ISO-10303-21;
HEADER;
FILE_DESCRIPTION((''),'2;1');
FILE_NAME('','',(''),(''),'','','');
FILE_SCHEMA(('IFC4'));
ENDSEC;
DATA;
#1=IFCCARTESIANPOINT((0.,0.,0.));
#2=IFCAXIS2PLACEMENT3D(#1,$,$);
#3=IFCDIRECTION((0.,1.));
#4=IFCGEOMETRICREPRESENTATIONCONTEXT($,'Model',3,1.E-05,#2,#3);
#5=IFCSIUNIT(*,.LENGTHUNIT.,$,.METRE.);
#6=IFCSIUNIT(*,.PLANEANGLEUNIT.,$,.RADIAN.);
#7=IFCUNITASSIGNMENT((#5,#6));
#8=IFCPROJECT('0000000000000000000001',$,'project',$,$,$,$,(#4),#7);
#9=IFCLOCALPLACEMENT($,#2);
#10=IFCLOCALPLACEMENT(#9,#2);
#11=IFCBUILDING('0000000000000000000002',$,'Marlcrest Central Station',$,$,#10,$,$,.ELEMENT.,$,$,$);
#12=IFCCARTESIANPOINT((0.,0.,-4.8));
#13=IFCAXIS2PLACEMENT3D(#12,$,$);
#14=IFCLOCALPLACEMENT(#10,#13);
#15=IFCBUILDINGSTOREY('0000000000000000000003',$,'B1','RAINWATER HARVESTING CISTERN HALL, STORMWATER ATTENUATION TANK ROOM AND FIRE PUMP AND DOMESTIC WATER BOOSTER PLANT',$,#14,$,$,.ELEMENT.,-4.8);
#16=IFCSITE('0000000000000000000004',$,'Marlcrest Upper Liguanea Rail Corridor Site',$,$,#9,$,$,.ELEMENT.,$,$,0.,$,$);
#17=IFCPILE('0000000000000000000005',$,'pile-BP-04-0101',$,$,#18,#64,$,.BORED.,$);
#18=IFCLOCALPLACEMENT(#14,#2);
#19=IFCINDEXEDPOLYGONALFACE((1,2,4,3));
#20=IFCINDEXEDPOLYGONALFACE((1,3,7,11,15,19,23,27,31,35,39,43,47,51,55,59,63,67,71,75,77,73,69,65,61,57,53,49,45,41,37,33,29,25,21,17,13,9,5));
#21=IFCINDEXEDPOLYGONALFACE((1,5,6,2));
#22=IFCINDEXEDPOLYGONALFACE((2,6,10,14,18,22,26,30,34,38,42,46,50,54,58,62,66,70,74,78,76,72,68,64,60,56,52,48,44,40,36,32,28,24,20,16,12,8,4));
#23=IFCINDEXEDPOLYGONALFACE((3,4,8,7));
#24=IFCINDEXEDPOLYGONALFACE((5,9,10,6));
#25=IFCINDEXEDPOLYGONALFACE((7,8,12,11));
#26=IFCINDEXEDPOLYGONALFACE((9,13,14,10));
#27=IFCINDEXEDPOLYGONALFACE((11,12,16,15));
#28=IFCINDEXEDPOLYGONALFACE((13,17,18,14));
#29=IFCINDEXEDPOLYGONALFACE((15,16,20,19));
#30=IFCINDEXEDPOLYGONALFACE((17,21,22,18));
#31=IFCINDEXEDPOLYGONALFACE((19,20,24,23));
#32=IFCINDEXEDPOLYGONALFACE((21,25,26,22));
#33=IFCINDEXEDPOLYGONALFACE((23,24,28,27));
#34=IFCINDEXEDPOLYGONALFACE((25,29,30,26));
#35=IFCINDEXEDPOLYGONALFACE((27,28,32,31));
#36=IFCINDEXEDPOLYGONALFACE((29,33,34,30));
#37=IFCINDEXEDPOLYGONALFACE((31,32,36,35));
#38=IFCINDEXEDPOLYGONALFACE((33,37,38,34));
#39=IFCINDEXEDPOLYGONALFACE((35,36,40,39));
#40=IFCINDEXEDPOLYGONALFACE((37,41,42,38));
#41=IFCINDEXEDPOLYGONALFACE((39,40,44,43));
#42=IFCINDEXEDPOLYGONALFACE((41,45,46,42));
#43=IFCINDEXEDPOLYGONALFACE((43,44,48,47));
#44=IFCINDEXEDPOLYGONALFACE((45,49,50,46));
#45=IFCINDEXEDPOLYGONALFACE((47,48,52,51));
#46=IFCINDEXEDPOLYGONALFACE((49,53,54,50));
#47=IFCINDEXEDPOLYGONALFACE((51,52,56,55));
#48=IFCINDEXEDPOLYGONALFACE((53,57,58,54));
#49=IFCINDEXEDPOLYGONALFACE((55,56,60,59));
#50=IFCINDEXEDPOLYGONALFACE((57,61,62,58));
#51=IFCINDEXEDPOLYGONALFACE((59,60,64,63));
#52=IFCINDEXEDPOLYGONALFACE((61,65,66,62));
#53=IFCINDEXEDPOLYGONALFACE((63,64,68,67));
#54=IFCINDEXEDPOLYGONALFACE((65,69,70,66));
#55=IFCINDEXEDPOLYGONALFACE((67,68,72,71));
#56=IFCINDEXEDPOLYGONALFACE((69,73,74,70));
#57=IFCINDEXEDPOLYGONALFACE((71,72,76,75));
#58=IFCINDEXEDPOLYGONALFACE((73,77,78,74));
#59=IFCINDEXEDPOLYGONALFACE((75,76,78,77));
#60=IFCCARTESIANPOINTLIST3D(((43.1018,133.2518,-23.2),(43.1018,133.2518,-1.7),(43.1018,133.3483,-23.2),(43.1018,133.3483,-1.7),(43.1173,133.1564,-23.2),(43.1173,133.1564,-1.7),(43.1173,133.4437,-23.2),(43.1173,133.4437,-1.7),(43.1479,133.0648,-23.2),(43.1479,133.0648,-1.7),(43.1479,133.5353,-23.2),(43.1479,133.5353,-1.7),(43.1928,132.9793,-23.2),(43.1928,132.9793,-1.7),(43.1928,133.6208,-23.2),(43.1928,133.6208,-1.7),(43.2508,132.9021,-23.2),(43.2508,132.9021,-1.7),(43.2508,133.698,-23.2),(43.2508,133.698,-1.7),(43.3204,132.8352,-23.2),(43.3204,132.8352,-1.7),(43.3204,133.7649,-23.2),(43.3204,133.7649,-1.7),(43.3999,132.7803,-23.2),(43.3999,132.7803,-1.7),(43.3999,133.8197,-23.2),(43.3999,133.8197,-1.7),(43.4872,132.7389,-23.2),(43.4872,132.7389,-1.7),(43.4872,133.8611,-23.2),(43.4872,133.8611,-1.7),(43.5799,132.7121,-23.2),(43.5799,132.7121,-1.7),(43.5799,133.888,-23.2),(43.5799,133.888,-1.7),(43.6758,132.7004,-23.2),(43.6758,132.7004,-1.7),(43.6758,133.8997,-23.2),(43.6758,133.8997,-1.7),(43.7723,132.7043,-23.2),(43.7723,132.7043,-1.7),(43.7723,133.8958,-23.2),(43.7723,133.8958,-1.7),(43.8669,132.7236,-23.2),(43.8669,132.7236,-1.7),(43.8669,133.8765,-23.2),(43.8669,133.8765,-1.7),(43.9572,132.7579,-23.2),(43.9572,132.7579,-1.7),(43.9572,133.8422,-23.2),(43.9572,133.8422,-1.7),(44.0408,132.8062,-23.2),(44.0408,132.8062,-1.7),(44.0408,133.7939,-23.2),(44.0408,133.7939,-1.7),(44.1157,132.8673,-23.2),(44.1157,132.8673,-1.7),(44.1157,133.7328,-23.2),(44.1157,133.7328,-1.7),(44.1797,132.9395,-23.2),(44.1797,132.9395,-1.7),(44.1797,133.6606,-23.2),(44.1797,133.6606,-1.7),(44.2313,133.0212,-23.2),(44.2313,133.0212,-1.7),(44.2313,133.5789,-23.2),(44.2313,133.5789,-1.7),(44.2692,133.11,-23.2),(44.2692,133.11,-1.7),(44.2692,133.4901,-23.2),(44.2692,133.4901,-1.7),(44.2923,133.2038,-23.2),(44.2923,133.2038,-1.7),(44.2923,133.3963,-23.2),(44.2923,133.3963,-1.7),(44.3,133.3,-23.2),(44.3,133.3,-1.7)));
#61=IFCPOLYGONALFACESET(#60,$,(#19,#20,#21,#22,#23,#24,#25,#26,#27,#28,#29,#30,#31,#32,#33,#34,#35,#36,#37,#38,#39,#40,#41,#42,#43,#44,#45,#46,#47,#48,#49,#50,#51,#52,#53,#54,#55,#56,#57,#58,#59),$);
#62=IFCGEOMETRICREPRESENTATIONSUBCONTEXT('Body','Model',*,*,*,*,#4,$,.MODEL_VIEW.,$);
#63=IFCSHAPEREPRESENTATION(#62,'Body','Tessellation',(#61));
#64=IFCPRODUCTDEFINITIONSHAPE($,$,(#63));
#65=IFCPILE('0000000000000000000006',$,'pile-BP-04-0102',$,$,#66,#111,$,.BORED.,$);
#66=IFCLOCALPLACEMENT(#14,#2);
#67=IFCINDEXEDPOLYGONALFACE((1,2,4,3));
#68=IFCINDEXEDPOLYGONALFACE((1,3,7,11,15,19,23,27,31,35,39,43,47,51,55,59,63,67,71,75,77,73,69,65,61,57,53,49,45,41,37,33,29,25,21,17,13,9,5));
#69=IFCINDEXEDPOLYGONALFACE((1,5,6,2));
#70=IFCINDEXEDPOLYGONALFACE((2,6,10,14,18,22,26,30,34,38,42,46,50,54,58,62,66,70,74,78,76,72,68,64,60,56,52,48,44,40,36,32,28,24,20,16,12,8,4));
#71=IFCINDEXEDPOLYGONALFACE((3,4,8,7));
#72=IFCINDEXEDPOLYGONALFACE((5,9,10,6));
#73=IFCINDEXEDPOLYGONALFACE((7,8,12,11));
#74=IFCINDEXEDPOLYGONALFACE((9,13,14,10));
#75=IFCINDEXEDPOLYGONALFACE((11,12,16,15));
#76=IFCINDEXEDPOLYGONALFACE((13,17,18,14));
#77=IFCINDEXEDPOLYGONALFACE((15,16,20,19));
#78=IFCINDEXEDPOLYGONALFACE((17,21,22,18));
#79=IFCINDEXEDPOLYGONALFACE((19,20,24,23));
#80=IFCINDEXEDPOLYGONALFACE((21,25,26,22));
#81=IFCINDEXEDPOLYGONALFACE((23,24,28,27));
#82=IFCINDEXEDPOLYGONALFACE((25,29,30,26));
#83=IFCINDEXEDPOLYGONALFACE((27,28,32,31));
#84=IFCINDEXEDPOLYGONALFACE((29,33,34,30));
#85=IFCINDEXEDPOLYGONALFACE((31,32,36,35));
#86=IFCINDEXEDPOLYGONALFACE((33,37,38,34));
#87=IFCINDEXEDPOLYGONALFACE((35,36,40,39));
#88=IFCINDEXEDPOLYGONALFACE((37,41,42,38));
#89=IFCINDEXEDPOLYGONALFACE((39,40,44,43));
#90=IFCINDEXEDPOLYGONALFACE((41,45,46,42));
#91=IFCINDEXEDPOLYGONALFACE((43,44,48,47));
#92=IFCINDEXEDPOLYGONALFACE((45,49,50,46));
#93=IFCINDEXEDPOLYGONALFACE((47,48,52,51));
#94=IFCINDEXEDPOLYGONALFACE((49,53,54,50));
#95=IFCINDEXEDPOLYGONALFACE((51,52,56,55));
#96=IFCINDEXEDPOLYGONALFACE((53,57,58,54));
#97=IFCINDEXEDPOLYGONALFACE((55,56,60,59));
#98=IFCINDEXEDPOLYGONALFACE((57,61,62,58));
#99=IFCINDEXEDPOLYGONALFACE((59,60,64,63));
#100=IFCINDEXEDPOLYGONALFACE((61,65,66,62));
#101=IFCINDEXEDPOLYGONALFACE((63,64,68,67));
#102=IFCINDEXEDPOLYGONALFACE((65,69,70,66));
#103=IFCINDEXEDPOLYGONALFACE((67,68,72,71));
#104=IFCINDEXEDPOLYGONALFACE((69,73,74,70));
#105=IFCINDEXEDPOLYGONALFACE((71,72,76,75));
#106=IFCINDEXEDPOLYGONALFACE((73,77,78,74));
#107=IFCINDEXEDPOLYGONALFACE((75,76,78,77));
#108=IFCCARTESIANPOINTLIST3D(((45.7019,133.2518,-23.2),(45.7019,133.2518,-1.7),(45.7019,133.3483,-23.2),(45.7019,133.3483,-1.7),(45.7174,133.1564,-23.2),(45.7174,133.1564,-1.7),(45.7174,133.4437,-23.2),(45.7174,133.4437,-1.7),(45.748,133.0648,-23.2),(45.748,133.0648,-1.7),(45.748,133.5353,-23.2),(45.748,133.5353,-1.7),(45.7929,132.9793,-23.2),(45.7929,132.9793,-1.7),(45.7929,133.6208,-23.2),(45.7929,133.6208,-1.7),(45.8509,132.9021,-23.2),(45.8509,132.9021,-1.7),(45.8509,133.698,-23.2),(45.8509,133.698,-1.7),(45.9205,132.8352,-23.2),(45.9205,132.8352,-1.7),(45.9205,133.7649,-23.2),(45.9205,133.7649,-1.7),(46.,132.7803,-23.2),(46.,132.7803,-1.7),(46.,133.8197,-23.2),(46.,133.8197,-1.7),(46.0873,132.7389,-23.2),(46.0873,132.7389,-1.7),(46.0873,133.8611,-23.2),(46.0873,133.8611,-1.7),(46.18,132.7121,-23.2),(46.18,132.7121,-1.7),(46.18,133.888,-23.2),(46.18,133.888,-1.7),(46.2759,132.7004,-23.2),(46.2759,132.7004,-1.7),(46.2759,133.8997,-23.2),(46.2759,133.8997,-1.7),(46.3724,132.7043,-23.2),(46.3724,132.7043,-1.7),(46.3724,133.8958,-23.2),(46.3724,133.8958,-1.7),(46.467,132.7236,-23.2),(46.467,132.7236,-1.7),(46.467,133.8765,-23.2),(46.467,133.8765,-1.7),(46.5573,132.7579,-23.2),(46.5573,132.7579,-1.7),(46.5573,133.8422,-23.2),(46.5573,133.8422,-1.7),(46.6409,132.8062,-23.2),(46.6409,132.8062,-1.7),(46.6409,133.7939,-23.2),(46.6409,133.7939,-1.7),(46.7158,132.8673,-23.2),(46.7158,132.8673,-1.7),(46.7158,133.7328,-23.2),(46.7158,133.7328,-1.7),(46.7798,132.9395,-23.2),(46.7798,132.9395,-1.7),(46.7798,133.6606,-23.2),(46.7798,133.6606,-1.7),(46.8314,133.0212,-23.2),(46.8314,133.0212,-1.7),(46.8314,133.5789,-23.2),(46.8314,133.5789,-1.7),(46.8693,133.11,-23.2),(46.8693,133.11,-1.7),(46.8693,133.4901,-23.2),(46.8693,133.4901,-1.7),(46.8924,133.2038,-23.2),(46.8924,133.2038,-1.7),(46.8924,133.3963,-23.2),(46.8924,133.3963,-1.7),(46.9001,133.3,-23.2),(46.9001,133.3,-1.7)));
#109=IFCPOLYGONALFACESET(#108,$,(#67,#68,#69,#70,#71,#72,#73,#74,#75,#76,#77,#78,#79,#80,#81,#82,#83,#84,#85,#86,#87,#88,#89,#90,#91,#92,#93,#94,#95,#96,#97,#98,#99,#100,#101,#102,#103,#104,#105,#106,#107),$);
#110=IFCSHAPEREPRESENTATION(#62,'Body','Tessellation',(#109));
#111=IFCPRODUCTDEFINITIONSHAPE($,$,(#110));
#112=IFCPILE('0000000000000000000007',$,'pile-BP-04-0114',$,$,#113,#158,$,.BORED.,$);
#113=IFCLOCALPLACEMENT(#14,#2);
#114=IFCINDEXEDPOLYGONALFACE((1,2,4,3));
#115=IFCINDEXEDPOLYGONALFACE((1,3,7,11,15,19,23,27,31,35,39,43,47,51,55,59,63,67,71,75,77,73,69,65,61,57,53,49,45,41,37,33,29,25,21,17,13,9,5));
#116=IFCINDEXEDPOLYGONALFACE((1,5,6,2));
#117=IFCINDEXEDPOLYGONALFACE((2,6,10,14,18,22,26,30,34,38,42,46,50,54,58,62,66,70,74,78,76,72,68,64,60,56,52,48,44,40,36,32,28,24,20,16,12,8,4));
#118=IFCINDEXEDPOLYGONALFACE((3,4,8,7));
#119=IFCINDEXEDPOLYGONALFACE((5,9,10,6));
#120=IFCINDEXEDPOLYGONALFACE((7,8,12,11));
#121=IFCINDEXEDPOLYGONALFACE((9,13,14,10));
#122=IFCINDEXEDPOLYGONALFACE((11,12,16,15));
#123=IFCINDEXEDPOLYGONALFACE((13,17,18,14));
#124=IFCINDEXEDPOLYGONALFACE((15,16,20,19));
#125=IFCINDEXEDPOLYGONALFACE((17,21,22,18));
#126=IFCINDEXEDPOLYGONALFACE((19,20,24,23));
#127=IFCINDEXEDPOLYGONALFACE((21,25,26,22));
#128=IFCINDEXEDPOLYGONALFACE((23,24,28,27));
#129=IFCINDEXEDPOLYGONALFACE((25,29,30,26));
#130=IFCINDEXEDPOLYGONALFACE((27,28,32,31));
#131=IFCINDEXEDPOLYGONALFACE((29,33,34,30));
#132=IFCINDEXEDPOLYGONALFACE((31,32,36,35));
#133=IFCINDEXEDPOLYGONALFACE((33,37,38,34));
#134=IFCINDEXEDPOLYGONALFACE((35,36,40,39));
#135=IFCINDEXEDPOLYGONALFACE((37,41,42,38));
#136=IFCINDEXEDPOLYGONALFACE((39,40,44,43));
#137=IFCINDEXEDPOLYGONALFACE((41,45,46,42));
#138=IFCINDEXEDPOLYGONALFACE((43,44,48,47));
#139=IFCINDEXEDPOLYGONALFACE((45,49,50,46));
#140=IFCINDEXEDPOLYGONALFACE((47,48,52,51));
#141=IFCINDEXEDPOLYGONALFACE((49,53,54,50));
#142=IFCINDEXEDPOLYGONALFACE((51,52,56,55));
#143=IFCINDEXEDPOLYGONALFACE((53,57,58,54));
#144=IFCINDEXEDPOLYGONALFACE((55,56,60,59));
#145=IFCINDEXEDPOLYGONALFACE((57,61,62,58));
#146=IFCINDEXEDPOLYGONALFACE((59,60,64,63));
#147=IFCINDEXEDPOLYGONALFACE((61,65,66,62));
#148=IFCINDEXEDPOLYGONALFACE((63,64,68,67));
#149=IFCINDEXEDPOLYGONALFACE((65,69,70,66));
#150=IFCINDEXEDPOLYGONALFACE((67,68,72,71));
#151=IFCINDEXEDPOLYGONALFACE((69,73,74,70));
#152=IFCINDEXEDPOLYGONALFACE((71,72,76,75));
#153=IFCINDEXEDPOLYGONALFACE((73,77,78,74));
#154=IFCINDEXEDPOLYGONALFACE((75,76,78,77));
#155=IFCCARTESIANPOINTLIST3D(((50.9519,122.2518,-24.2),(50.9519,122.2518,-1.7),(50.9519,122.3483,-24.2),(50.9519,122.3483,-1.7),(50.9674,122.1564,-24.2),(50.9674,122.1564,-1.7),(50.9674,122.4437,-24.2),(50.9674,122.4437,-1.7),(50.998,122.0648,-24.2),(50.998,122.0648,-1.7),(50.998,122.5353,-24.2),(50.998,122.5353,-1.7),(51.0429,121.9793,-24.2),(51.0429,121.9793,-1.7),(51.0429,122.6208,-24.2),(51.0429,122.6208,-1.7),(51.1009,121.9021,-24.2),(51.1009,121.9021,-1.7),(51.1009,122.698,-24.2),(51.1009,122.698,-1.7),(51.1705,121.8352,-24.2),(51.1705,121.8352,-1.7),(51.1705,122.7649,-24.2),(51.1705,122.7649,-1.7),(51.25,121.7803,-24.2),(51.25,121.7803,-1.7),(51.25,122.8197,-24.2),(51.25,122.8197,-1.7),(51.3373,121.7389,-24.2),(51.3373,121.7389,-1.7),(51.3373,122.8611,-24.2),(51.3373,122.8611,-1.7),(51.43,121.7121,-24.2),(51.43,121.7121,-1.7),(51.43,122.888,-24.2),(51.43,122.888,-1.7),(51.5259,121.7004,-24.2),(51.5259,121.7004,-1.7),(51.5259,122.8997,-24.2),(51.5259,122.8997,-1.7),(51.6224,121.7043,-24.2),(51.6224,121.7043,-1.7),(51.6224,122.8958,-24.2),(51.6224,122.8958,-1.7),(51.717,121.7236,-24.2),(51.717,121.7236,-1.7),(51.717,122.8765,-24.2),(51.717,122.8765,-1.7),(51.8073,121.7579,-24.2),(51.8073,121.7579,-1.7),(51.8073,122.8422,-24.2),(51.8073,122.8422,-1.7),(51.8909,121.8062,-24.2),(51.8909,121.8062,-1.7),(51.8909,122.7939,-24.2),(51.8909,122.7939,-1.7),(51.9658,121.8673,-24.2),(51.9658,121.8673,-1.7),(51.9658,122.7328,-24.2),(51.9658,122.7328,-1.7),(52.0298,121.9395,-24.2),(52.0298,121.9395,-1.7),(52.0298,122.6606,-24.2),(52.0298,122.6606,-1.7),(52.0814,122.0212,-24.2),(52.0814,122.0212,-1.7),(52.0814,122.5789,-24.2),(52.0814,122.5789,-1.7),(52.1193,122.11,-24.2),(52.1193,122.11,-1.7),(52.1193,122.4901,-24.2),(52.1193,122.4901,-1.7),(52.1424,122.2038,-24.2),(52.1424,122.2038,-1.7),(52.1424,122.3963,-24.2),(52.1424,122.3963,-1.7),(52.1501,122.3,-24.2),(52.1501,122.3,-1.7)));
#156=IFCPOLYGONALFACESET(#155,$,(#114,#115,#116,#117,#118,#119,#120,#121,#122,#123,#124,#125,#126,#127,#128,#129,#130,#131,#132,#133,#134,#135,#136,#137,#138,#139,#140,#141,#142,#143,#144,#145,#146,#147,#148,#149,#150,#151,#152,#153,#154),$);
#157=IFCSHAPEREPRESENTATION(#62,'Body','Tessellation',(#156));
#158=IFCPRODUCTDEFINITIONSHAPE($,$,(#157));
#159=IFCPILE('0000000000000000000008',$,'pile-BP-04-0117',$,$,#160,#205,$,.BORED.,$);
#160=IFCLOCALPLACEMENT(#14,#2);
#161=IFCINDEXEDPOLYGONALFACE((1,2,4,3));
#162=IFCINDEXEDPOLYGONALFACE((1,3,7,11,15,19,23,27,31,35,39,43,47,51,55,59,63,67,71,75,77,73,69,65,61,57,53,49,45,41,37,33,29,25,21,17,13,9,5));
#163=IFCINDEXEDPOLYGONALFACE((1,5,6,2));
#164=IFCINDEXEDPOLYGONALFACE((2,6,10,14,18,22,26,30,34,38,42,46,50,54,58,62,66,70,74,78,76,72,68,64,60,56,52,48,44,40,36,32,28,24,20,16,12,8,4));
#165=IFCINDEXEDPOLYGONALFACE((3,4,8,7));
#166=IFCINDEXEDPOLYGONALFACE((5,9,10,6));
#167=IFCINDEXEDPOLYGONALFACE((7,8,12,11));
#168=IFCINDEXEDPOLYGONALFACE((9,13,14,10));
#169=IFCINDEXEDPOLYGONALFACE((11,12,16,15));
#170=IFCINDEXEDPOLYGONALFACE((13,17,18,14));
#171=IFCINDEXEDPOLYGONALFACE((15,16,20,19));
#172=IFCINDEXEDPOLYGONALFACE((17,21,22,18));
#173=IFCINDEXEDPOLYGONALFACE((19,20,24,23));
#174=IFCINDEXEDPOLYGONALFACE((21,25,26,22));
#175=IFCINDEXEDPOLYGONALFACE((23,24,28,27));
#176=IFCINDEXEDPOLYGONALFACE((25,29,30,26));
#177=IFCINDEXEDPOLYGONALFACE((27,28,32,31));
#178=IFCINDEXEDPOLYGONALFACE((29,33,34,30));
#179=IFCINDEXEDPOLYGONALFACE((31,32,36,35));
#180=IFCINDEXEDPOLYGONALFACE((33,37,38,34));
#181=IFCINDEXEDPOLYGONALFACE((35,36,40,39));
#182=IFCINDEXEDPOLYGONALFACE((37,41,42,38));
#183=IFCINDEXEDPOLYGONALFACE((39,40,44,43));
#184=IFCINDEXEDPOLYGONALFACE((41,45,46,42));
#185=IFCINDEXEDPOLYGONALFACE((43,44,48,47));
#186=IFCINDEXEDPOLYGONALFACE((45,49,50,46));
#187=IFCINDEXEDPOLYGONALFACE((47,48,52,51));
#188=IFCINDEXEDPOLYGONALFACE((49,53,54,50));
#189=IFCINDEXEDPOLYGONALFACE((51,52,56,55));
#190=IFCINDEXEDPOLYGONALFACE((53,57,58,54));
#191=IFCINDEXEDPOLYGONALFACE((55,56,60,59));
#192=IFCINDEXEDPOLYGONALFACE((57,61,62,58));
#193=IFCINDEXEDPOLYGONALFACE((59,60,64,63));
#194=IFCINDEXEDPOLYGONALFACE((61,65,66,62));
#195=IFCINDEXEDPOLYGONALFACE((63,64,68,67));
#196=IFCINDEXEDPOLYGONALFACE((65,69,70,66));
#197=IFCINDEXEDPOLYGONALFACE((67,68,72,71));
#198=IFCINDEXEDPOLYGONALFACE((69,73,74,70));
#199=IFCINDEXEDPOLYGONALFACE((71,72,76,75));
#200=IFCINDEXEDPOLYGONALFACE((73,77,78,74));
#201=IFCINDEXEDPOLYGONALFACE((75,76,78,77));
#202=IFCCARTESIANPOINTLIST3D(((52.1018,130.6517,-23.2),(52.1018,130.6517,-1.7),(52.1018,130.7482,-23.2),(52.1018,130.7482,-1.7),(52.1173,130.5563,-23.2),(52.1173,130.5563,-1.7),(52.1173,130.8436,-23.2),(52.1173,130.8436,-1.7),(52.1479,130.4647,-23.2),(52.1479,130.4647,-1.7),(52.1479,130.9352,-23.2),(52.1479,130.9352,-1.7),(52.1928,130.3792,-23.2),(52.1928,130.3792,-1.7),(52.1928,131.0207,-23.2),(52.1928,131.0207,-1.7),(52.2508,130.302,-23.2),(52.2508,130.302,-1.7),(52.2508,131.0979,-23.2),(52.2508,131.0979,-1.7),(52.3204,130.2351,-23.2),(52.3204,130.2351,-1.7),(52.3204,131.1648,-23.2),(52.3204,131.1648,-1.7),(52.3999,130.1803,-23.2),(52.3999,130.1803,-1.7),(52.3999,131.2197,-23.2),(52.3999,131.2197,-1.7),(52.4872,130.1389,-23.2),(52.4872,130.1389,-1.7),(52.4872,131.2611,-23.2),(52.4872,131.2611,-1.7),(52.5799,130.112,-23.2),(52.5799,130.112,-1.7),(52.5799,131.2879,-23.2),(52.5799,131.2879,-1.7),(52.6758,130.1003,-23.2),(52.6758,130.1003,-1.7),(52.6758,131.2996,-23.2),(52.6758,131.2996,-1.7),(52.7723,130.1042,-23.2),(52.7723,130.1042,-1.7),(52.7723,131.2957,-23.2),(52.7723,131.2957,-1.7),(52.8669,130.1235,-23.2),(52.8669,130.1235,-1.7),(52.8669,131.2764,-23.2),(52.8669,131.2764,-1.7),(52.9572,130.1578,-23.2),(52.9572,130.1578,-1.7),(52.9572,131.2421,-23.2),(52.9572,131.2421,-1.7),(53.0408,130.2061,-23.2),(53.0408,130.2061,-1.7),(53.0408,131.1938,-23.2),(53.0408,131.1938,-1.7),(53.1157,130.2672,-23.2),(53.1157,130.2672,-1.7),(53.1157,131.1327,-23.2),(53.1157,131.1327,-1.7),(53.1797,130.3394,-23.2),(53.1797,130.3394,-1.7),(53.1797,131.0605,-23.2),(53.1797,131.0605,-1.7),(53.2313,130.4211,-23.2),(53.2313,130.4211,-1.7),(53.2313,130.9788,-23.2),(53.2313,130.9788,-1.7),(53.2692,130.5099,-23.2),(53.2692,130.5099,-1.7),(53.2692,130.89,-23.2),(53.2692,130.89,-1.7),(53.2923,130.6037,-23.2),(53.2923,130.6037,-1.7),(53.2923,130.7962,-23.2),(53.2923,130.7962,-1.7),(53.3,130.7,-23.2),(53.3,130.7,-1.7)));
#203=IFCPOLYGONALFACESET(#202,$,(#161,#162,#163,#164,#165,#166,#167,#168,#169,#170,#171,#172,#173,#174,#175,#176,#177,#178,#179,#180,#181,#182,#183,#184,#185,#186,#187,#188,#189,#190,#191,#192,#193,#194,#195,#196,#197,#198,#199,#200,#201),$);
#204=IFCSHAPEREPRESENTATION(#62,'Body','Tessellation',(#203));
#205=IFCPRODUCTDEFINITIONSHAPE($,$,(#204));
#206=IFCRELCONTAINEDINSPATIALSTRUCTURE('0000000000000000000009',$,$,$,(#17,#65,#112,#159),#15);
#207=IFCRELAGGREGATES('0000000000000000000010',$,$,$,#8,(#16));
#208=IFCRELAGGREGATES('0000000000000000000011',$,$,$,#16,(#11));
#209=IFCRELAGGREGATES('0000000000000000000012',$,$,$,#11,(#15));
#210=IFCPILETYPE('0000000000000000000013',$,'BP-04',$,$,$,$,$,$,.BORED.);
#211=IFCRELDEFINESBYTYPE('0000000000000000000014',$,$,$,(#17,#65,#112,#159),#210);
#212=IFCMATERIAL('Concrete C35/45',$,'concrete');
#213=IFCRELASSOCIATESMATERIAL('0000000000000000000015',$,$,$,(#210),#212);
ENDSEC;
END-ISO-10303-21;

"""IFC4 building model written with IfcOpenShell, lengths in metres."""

from ifc_helpers import new_model, si_unit, direction, frame, origin, origin_2d, place, context, subcontext, project, spatial, circle, extrude, material, material_profile, profile_set, type_object, element, save


model = new_model("IFC4")

# Units and contexts
model_context = context("Model", 3, precision=1e-05, world=origin(), true_north=direction((0.0, 1.0)))
body_context = subcontext(model_context, "Body", "Model", "MODEL_VIEW")
ifc_project = project(units=[si_unit("LENGTHUNIT", "METRE"), si_unit("PLANEANGLEUNIT", "RADIAN")], contexts=[model_context])

# Site, building, storey
site_placement = place(None, origin())
site = spatial("IfcSite", under=ifc_project, at=site_placement, Name="Marlcrest Upper Liguanea Rail Corridor Site", CompositionType="ELEMENT", RefElevation=0.0)
building_placement = place(site_placement, origin())
building = spatial("IfcBuilding", under=site, at=building_placement, Name="Marlcrest Central Station", CompositionType="ELEMENT")
storey_placement = place(building_placement, frame((0.0, 0.0, -4.8)))
storey = spatial("IfcBuildingStorey", under=building, at=storey_placement, Name="B1", Description="RAINWATER HARVESTING CISTERN HALL, STORMWATER ATTENUATION TANK ROOM AND FIRE PUMP AND DOMESTIC WATER BOOSTER PLANT", CompositionType="ELEMENT", Elevation=-4.8)

# Piles
ifc_material_1 = material(Name="Concrete C35/45", Category="concrete")
ifc_material_profile_1 = material_profile(ifc_material_1, circle(Radius=0.6001, at=origin_2d()), Name="PILE D1200")
ifc_profile_set_1 = profile_set([ifc_material_profile_1], Name="Concrete C35/45")
pile_type = type_object("IfcPileType", Name="BP-04", PredefinedType="BORED", material=ifc_profile_set_1)
for number, where, z_axis, x_axis, name in (
    (1, (43.7, 133.3, -1.7), (0.0, 0.0, -1.0), (1.0, 0.0, 0.0), "pile-BP-04-0101"),
    (2, (46.3, 133.3, -1.7), (0.0, 0.0, -1.0), (1.0, 0.0, 0.0), "pile-BP-04-0102"),
):
    element("IfcPile", number, at=place(storey_placement, frame(where, z_axis=z_axis, x_axis=x_axis)), inside=storey, type_object=pile_type, Name=name, PredefinedType="BORED", context=body_context, shape_type="SweptSolid", body=[
        extrude(circle(Radius=0.6001, at=origin_2d()), origin(), (0.0, 0.0, 1.0), 21.5),
    ])
pile_placement = place(storey_placement, frame((51.55, 122.3, -1.7), z_axis=(0.0, 0.0, -1.0), x_axis=(1.0, 0.0, 0.0)))
element("IfcPile", 3, at=pile_placement, inside=storey, type_object=pile_type, Name="pile-BP-04-0114", PredefinedType="BORED", context=body_context, shape_type="SweptSolid", body=[
    extrude(circle(Radius=0.6001, at=origin_2d()), origin(), (0.0, 0.0, 1.0), 22.5),
])
for number, where, z_axis, x_axis, name in (
    (4, (52.7, 130.7, -1.7), (0.0, 0.0, -1.0), (1.0, 0.0, 0.0), "pile-BP-04-0117"),
):
    element("IfcPile", number, at=place(storey_placement, frame(where, z_axis=z_axis, x_axis=x_axis)), inside=storey, type_object=pile_type, Name=name, PredefinedType="BORED", context=body_context, shape_type="SweptSolid", body=[
        extrude(circle(Radius=0.6001, at=origin_2d()), origin(), (0.0, 0.0, 1.0), 21.5),
    ])

save(model, "model.ifc")
